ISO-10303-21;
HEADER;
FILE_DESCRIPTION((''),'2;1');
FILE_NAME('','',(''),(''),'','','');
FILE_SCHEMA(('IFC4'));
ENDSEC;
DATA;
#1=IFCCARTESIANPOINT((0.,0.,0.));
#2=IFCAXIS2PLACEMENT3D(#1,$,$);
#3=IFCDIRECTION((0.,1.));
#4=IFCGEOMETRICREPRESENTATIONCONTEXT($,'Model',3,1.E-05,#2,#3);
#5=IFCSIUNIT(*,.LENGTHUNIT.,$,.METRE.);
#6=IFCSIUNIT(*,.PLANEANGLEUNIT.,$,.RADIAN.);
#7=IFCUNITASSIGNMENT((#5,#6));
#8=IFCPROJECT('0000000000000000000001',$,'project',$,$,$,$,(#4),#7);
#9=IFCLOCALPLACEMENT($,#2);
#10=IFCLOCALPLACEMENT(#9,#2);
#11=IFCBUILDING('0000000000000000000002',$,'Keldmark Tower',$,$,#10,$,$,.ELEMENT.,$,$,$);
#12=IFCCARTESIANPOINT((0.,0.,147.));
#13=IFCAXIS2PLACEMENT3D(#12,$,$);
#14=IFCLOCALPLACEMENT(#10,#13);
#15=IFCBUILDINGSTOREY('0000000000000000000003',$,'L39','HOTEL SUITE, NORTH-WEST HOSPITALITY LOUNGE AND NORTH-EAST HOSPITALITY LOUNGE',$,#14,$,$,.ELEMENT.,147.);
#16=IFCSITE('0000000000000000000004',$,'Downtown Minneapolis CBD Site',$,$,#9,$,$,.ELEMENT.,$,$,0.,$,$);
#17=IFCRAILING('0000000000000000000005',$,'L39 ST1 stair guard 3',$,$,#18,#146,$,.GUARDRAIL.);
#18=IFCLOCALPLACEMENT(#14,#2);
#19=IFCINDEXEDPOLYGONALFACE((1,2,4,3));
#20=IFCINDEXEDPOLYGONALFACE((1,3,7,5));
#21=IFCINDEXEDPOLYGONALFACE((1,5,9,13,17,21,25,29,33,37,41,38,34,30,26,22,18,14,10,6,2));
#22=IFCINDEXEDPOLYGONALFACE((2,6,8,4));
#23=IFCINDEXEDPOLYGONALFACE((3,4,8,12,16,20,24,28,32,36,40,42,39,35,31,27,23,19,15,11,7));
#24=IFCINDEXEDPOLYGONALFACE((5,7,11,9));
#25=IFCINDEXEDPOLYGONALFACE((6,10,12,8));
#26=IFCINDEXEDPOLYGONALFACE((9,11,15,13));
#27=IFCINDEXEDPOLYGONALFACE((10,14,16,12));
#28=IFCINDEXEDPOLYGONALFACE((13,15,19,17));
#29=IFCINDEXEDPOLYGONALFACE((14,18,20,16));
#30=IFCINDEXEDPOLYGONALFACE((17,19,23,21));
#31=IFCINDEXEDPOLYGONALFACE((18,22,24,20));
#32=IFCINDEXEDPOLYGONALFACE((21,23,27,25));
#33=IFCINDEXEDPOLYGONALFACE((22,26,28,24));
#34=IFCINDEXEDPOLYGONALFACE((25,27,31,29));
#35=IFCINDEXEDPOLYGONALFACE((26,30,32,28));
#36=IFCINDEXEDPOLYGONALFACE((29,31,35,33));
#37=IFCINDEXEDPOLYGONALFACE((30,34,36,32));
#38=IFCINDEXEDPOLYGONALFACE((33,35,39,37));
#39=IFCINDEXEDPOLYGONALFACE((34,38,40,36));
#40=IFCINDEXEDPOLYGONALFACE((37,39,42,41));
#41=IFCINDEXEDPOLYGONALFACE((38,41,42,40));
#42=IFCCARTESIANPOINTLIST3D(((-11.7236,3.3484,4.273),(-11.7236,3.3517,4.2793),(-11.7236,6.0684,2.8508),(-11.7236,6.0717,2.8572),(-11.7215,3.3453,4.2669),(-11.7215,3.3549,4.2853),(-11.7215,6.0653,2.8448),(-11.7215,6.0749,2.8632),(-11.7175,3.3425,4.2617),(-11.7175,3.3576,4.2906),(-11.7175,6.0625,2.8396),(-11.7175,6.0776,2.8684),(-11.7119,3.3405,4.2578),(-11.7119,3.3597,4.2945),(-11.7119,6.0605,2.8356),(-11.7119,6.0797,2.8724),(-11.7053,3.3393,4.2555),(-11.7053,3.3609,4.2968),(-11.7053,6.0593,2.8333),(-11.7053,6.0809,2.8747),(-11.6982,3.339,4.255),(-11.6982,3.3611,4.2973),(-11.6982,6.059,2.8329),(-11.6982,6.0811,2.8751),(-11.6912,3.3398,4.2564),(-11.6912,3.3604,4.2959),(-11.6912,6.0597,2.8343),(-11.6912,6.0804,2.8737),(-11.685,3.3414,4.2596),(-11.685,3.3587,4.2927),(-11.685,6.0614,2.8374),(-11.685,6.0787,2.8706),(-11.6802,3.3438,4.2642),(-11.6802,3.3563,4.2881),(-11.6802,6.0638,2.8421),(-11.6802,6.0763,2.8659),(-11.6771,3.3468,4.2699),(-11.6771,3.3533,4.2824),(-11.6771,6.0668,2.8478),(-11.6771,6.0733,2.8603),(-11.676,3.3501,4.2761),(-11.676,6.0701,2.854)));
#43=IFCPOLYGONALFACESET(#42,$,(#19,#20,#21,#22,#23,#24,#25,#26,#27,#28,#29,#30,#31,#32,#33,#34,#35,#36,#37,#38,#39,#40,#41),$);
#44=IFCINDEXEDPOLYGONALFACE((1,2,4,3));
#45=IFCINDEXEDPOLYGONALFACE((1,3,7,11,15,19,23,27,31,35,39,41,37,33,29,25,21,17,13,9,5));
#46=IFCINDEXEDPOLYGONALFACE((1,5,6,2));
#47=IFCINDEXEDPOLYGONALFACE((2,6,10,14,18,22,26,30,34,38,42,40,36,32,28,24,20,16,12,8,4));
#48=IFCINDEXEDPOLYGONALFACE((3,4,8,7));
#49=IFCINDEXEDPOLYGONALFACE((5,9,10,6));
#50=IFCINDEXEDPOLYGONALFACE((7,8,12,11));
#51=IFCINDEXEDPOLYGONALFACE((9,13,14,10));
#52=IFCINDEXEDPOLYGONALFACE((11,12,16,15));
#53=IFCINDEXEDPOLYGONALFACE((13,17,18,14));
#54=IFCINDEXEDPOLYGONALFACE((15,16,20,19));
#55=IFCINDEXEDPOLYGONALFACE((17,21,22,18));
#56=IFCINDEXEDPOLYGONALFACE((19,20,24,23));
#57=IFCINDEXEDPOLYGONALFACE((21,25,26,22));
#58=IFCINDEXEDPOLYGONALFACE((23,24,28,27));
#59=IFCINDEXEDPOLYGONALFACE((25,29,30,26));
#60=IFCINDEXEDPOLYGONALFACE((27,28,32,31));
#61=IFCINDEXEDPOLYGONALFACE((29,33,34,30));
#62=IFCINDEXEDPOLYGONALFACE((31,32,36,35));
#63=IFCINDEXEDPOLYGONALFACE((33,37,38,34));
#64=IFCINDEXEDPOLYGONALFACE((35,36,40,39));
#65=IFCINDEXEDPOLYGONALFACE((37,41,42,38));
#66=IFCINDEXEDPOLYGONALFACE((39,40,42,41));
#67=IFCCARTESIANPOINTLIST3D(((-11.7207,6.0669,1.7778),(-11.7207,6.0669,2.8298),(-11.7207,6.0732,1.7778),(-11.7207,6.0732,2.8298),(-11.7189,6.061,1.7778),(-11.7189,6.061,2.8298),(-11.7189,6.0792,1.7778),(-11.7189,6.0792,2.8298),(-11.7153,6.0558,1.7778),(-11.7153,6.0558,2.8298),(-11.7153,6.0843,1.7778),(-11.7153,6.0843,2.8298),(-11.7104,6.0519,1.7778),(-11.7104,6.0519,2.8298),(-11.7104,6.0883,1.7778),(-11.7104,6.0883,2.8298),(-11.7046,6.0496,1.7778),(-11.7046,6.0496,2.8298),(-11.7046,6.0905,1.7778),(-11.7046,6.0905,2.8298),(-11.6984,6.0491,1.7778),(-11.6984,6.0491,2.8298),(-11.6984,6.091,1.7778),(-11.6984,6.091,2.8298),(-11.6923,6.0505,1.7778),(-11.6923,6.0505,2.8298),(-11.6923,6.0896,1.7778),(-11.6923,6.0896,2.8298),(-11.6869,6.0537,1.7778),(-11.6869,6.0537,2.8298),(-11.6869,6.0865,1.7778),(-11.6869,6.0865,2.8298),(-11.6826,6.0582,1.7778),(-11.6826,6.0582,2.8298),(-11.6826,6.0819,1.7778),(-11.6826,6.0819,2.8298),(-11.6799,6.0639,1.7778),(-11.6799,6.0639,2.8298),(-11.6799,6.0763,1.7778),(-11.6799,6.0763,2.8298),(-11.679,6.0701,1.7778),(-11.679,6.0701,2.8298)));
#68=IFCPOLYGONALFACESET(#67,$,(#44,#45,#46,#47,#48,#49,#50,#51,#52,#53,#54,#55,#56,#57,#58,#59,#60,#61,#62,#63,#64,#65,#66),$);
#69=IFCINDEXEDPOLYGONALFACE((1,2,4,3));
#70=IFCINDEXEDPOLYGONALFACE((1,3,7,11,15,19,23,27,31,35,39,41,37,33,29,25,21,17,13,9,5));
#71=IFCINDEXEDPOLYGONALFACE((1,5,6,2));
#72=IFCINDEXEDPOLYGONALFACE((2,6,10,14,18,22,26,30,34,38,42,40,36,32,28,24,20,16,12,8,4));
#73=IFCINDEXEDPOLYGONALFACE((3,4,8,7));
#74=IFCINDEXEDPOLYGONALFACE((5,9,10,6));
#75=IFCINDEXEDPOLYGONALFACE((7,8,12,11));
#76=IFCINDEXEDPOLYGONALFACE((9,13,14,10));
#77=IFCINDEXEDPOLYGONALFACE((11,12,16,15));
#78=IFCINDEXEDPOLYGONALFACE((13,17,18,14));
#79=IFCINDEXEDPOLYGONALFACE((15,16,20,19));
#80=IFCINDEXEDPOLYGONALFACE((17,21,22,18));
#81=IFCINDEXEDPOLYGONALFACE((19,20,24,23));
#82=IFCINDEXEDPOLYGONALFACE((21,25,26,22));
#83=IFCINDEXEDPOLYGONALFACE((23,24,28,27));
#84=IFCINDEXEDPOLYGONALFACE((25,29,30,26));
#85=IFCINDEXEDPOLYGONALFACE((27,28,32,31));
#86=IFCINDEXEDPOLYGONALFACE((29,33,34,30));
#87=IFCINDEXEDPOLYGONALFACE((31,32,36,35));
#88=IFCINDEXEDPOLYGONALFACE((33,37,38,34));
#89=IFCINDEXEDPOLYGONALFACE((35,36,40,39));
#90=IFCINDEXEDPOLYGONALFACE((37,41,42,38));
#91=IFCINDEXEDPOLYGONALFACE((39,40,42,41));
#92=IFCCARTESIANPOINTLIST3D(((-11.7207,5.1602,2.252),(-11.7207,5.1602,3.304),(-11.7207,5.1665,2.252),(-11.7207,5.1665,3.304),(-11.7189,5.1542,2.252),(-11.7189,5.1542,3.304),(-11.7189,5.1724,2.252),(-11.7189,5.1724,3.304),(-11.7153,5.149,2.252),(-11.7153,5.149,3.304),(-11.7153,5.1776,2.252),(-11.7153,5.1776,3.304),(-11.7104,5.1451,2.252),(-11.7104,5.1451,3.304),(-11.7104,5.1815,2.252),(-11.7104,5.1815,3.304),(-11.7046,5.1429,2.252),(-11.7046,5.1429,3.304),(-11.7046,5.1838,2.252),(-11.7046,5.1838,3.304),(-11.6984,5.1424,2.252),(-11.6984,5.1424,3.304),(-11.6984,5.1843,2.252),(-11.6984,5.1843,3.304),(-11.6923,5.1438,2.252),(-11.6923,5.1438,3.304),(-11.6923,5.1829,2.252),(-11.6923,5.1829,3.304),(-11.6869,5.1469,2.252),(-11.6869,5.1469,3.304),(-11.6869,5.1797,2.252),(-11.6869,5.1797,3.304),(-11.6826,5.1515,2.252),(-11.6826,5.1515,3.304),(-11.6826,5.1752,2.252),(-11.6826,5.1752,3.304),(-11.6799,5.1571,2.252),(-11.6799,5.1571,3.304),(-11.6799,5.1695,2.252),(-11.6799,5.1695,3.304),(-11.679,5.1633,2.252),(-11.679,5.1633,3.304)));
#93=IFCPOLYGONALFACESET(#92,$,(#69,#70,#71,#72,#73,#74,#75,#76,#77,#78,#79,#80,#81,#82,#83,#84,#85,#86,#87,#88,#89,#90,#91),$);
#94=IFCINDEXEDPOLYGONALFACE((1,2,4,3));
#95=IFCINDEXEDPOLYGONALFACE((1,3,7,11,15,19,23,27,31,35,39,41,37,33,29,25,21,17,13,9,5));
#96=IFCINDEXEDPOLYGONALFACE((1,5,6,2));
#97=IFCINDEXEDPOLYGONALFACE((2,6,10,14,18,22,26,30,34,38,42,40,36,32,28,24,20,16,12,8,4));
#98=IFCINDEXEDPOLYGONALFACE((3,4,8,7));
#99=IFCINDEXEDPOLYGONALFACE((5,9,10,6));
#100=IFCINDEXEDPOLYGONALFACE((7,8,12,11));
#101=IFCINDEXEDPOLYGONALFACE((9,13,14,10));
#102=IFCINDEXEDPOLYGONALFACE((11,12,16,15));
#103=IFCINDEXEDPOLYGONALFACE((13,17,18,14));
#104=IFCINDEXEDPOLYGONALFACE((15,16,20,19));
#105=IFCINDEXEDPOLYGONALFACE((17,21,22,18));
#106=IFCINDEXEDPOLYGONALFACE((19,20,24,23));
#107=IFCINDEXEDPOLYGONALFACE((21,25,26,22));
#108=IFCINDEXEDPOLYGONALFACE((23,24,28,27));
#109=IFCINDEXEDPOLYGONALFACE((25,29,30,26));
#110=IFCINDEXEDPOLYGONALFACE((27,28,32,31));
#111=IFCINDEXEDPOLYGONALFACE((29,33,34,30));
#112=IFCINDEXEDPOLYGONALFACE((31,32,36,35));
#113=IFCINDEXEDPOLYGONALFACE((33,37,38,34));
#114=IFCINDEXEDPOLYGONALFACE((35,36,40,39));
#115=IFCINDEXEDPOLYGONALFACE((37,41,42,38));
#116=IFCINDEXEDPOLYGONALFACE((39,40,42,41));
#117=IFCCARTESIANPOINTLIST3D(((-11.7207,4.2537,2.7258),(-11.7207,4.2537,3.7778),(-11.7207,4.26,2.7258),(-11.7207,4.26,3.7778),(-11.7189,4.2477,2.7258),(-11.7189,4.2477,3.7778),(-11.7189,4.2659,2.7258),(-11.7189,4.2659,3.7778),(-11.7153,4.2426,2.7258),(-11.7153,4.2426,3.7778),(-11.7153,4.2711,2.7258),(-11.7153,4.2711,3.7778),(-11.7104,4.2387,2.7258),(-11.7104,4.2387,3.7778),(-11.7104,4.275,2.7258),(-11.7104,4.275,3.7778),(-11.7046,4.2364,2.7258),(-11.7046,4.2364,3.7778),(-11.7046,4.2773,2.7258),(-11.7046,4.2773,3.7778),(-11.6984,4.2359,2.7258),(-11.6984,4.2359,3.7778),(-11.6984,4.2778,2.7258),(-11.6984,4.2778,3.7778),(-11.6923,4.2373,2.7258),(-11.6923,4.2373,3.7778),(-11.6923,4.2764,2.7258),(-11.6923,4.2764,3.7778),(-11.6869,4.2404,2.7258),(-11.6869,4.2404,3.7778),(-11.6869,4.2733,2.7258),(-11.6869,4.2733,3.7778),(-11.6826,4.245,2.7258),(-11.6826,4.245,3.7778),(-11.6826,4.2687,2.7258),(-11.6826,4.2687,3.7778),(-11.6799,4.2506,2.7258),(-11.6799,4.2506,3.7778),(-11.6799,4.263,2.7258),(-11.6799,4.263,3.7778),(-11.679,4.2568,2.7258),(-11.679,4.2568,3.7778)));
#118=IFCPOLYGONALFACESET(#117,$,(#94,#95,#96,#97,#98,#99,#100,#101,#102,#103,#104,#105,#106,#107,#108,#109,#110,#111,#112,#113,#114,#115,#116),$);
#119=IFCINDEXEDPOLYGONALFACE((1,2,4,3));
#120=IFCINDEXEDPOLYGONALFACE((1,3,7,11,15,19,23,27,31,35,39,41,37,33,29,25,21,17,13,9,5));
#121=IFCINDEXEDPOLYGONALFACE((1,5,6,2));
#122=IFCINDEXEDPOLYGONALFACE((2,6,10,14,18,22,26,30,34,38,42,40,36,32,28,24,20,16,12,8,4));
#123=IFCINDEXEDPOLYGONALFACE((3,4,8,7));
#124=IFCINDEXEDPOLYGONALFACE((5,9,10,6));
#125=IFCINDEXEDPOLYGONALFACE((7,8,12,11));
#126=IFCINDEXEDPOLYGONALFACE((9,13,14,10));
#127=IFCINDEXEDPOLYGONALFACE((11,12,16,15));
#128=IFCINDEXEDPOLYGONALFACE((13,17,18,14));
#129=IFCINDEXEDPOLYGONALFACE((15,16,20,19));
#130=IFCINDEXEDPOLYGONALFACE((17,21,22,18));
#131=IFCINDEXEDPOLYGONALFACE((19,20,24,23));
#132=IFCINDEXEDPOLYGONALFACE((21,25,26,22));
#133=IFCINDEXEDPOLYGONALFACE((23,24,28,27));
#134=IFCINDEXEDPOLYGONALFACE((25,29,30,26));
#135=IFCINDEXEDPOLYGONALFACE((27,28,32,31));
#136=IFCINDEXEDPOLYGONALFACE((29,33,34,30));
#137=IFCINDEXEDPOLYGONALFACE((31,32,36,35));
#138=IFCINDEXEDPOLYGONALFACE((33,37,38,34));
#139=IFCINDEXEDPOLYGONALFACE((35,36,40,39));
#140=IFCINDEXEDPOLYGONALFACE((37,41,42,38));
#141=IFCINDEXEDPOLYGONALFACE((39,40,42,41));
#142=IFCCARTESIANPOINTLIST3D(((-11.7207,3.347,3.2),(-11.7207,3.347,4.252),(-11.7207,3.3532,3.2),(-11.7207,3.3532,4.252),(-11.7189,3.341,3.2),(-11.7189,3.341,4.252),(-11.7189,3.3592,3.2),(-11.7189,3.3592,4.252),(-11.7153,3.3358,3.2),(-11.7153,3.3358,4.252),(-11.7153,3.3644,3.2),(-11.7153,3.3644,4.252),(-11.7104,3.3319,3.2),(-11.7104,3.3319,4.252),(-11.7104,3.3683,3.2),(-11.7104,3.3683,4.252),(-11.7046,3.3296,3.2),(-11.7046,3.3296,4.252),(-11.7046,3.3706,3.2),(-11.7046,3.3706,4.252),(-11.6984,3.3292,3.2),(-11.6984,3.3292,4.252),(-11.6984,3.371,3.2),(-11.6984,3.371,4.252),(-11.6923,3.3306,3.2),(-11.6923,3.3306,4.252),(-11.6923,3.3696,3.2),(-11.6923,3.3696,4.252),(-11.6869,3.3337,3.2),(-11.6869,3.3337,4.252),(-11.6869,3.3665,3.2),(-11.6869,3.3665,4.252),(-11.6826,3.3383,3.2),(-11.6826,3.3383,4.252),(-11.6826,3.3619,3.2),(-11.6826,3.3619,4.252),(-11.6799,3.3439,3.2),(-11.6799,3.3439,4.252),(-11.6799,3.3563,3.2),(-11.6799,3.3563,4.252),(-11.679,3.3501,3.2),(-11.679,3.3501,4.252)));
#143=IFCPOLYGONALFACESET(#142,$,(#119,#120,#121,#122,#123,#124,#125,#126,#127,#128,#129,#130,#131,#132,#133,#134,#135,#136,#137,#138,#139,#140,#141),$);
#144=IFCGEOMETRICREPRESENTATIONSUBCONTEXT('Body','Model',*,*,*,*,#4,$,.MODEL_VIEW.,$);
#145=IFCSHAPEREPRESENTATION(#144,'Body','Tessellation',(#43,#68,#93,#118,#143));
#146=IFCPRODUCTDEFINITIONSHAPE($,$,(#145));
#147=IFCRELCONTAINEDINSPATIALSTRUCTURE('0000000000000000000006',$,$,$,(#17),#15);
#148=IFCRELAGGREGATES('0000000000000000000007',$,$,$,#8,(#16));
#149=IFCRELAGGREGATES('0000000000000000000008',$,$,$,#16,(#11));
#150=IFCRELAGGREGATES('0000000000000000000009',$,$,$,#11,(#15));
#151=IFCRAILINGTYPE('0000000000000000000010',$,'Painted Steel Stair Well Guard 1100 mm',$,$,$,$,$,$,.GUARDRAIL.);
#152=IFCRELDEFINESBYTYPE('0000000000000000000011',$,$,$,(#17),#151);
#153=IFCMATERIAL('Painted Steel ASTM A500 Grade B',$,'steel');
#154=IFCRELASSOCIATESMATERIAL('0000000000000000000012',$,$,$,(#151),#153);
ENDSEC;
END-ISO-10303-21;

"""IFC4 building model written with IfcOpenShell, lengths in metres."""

from ifc_helpers import new_model, si_unit, direction, frame, origin, origin_2d, place, context, subcontext, project, spatial, circle, extrude, material, type_object, element, save


model = new_model("IFC4")

# Units and contexts
model_context = context("Model", 3, precision=1e-05, world=origin(), true_north=direction((0.0, 1.0)))
body_context = subcontext(model_context, "Body", "Model", "MODEL_VIEW")
ifc_project = project(units=[si_unit("LENGTHUNIT", "METRE"), si_unit("PLANEANGLEUNIT", "RADIAN")], contexts=[model_context])

# Site, building, storey
site_placement = place(None, origin())
site = spatial("IfcSite", under=ifc_project, at=site_placement, Name="Downtown Minneapolis CBD Site", CompositionType="ELEMENT", RefElevation=0.0)
building_placement = place(site_placement, origin())
building = spatial("IfcBuilding", under=site, at=building_placement, Name="Keldmark Tower", CompositionType="ELEMENT")
storey_placement = place(building_placement, frame((0.0, 0.0, 147.0)))
storey = spatial("IfcBuildingStorey", under=building, at=storey_placement, Name="L39", Description="HOTEL SUITE, NORTH-WEST HOSPITALITY LOUNGE AND NORTH-EAST HOSPITALITY LOUNGE", CompositionType="ELEMENT", Elevation=147.0)

# Railing
ifc_material_1 = material(Name="Painted Steel ASTM A500 Grade B", Category="steel")
railing_type_1 = type_object("IfcRailingType", Name="Painted Steel Stair Well Guard 1100 mm", PredefinedType="GUARDRAIL", material=ifc_material_1)
railing_1_placement = place(storey_placement, frame((-11.7, 6.0701, 1.7778)))
element("IfcRailing", 1, at=railing_1_placement, inside=storey, type_object=railing_type_1, Name="L39 ST1 stair guard 3", PredefinedType="GUARDRAIL", context=body_context, shape_type="SweptSolid", body=[
    extrude(circle(Radius=0.0239, at=origin_2d()), frame((0.0, 0.0, 1.0762), z_axis=(0.0, -0.886183, 0.463335), x_axis=(1.0, 0.0, 0.0)), (0.0, 0.0, 1.0), 3.0693),
    extrude(circle(Radius=0.021, at=origin_2d()), origin(), (0.0, 0.0, 1.0), 1.052),
    extrude(circle(Radius=0.021, at=origin_2d()), frame((0.0, -0.9067, 0.4741)), (0.0, 0.0, 1.0), 1.052),
    extrude(circle(Radius=0.021, at=origin_2d()), frame((0.0, -1.8132, 0.948)), (0.0, 0.0, 1.0), 1.052),
    extrude(circle(Radius=0.021, at=origin_2d()), frame((0.0, -2.72, 1.4221)), (0.0, 0.0, 1.0), 1.052),
])

save(model, "model.ifc")
